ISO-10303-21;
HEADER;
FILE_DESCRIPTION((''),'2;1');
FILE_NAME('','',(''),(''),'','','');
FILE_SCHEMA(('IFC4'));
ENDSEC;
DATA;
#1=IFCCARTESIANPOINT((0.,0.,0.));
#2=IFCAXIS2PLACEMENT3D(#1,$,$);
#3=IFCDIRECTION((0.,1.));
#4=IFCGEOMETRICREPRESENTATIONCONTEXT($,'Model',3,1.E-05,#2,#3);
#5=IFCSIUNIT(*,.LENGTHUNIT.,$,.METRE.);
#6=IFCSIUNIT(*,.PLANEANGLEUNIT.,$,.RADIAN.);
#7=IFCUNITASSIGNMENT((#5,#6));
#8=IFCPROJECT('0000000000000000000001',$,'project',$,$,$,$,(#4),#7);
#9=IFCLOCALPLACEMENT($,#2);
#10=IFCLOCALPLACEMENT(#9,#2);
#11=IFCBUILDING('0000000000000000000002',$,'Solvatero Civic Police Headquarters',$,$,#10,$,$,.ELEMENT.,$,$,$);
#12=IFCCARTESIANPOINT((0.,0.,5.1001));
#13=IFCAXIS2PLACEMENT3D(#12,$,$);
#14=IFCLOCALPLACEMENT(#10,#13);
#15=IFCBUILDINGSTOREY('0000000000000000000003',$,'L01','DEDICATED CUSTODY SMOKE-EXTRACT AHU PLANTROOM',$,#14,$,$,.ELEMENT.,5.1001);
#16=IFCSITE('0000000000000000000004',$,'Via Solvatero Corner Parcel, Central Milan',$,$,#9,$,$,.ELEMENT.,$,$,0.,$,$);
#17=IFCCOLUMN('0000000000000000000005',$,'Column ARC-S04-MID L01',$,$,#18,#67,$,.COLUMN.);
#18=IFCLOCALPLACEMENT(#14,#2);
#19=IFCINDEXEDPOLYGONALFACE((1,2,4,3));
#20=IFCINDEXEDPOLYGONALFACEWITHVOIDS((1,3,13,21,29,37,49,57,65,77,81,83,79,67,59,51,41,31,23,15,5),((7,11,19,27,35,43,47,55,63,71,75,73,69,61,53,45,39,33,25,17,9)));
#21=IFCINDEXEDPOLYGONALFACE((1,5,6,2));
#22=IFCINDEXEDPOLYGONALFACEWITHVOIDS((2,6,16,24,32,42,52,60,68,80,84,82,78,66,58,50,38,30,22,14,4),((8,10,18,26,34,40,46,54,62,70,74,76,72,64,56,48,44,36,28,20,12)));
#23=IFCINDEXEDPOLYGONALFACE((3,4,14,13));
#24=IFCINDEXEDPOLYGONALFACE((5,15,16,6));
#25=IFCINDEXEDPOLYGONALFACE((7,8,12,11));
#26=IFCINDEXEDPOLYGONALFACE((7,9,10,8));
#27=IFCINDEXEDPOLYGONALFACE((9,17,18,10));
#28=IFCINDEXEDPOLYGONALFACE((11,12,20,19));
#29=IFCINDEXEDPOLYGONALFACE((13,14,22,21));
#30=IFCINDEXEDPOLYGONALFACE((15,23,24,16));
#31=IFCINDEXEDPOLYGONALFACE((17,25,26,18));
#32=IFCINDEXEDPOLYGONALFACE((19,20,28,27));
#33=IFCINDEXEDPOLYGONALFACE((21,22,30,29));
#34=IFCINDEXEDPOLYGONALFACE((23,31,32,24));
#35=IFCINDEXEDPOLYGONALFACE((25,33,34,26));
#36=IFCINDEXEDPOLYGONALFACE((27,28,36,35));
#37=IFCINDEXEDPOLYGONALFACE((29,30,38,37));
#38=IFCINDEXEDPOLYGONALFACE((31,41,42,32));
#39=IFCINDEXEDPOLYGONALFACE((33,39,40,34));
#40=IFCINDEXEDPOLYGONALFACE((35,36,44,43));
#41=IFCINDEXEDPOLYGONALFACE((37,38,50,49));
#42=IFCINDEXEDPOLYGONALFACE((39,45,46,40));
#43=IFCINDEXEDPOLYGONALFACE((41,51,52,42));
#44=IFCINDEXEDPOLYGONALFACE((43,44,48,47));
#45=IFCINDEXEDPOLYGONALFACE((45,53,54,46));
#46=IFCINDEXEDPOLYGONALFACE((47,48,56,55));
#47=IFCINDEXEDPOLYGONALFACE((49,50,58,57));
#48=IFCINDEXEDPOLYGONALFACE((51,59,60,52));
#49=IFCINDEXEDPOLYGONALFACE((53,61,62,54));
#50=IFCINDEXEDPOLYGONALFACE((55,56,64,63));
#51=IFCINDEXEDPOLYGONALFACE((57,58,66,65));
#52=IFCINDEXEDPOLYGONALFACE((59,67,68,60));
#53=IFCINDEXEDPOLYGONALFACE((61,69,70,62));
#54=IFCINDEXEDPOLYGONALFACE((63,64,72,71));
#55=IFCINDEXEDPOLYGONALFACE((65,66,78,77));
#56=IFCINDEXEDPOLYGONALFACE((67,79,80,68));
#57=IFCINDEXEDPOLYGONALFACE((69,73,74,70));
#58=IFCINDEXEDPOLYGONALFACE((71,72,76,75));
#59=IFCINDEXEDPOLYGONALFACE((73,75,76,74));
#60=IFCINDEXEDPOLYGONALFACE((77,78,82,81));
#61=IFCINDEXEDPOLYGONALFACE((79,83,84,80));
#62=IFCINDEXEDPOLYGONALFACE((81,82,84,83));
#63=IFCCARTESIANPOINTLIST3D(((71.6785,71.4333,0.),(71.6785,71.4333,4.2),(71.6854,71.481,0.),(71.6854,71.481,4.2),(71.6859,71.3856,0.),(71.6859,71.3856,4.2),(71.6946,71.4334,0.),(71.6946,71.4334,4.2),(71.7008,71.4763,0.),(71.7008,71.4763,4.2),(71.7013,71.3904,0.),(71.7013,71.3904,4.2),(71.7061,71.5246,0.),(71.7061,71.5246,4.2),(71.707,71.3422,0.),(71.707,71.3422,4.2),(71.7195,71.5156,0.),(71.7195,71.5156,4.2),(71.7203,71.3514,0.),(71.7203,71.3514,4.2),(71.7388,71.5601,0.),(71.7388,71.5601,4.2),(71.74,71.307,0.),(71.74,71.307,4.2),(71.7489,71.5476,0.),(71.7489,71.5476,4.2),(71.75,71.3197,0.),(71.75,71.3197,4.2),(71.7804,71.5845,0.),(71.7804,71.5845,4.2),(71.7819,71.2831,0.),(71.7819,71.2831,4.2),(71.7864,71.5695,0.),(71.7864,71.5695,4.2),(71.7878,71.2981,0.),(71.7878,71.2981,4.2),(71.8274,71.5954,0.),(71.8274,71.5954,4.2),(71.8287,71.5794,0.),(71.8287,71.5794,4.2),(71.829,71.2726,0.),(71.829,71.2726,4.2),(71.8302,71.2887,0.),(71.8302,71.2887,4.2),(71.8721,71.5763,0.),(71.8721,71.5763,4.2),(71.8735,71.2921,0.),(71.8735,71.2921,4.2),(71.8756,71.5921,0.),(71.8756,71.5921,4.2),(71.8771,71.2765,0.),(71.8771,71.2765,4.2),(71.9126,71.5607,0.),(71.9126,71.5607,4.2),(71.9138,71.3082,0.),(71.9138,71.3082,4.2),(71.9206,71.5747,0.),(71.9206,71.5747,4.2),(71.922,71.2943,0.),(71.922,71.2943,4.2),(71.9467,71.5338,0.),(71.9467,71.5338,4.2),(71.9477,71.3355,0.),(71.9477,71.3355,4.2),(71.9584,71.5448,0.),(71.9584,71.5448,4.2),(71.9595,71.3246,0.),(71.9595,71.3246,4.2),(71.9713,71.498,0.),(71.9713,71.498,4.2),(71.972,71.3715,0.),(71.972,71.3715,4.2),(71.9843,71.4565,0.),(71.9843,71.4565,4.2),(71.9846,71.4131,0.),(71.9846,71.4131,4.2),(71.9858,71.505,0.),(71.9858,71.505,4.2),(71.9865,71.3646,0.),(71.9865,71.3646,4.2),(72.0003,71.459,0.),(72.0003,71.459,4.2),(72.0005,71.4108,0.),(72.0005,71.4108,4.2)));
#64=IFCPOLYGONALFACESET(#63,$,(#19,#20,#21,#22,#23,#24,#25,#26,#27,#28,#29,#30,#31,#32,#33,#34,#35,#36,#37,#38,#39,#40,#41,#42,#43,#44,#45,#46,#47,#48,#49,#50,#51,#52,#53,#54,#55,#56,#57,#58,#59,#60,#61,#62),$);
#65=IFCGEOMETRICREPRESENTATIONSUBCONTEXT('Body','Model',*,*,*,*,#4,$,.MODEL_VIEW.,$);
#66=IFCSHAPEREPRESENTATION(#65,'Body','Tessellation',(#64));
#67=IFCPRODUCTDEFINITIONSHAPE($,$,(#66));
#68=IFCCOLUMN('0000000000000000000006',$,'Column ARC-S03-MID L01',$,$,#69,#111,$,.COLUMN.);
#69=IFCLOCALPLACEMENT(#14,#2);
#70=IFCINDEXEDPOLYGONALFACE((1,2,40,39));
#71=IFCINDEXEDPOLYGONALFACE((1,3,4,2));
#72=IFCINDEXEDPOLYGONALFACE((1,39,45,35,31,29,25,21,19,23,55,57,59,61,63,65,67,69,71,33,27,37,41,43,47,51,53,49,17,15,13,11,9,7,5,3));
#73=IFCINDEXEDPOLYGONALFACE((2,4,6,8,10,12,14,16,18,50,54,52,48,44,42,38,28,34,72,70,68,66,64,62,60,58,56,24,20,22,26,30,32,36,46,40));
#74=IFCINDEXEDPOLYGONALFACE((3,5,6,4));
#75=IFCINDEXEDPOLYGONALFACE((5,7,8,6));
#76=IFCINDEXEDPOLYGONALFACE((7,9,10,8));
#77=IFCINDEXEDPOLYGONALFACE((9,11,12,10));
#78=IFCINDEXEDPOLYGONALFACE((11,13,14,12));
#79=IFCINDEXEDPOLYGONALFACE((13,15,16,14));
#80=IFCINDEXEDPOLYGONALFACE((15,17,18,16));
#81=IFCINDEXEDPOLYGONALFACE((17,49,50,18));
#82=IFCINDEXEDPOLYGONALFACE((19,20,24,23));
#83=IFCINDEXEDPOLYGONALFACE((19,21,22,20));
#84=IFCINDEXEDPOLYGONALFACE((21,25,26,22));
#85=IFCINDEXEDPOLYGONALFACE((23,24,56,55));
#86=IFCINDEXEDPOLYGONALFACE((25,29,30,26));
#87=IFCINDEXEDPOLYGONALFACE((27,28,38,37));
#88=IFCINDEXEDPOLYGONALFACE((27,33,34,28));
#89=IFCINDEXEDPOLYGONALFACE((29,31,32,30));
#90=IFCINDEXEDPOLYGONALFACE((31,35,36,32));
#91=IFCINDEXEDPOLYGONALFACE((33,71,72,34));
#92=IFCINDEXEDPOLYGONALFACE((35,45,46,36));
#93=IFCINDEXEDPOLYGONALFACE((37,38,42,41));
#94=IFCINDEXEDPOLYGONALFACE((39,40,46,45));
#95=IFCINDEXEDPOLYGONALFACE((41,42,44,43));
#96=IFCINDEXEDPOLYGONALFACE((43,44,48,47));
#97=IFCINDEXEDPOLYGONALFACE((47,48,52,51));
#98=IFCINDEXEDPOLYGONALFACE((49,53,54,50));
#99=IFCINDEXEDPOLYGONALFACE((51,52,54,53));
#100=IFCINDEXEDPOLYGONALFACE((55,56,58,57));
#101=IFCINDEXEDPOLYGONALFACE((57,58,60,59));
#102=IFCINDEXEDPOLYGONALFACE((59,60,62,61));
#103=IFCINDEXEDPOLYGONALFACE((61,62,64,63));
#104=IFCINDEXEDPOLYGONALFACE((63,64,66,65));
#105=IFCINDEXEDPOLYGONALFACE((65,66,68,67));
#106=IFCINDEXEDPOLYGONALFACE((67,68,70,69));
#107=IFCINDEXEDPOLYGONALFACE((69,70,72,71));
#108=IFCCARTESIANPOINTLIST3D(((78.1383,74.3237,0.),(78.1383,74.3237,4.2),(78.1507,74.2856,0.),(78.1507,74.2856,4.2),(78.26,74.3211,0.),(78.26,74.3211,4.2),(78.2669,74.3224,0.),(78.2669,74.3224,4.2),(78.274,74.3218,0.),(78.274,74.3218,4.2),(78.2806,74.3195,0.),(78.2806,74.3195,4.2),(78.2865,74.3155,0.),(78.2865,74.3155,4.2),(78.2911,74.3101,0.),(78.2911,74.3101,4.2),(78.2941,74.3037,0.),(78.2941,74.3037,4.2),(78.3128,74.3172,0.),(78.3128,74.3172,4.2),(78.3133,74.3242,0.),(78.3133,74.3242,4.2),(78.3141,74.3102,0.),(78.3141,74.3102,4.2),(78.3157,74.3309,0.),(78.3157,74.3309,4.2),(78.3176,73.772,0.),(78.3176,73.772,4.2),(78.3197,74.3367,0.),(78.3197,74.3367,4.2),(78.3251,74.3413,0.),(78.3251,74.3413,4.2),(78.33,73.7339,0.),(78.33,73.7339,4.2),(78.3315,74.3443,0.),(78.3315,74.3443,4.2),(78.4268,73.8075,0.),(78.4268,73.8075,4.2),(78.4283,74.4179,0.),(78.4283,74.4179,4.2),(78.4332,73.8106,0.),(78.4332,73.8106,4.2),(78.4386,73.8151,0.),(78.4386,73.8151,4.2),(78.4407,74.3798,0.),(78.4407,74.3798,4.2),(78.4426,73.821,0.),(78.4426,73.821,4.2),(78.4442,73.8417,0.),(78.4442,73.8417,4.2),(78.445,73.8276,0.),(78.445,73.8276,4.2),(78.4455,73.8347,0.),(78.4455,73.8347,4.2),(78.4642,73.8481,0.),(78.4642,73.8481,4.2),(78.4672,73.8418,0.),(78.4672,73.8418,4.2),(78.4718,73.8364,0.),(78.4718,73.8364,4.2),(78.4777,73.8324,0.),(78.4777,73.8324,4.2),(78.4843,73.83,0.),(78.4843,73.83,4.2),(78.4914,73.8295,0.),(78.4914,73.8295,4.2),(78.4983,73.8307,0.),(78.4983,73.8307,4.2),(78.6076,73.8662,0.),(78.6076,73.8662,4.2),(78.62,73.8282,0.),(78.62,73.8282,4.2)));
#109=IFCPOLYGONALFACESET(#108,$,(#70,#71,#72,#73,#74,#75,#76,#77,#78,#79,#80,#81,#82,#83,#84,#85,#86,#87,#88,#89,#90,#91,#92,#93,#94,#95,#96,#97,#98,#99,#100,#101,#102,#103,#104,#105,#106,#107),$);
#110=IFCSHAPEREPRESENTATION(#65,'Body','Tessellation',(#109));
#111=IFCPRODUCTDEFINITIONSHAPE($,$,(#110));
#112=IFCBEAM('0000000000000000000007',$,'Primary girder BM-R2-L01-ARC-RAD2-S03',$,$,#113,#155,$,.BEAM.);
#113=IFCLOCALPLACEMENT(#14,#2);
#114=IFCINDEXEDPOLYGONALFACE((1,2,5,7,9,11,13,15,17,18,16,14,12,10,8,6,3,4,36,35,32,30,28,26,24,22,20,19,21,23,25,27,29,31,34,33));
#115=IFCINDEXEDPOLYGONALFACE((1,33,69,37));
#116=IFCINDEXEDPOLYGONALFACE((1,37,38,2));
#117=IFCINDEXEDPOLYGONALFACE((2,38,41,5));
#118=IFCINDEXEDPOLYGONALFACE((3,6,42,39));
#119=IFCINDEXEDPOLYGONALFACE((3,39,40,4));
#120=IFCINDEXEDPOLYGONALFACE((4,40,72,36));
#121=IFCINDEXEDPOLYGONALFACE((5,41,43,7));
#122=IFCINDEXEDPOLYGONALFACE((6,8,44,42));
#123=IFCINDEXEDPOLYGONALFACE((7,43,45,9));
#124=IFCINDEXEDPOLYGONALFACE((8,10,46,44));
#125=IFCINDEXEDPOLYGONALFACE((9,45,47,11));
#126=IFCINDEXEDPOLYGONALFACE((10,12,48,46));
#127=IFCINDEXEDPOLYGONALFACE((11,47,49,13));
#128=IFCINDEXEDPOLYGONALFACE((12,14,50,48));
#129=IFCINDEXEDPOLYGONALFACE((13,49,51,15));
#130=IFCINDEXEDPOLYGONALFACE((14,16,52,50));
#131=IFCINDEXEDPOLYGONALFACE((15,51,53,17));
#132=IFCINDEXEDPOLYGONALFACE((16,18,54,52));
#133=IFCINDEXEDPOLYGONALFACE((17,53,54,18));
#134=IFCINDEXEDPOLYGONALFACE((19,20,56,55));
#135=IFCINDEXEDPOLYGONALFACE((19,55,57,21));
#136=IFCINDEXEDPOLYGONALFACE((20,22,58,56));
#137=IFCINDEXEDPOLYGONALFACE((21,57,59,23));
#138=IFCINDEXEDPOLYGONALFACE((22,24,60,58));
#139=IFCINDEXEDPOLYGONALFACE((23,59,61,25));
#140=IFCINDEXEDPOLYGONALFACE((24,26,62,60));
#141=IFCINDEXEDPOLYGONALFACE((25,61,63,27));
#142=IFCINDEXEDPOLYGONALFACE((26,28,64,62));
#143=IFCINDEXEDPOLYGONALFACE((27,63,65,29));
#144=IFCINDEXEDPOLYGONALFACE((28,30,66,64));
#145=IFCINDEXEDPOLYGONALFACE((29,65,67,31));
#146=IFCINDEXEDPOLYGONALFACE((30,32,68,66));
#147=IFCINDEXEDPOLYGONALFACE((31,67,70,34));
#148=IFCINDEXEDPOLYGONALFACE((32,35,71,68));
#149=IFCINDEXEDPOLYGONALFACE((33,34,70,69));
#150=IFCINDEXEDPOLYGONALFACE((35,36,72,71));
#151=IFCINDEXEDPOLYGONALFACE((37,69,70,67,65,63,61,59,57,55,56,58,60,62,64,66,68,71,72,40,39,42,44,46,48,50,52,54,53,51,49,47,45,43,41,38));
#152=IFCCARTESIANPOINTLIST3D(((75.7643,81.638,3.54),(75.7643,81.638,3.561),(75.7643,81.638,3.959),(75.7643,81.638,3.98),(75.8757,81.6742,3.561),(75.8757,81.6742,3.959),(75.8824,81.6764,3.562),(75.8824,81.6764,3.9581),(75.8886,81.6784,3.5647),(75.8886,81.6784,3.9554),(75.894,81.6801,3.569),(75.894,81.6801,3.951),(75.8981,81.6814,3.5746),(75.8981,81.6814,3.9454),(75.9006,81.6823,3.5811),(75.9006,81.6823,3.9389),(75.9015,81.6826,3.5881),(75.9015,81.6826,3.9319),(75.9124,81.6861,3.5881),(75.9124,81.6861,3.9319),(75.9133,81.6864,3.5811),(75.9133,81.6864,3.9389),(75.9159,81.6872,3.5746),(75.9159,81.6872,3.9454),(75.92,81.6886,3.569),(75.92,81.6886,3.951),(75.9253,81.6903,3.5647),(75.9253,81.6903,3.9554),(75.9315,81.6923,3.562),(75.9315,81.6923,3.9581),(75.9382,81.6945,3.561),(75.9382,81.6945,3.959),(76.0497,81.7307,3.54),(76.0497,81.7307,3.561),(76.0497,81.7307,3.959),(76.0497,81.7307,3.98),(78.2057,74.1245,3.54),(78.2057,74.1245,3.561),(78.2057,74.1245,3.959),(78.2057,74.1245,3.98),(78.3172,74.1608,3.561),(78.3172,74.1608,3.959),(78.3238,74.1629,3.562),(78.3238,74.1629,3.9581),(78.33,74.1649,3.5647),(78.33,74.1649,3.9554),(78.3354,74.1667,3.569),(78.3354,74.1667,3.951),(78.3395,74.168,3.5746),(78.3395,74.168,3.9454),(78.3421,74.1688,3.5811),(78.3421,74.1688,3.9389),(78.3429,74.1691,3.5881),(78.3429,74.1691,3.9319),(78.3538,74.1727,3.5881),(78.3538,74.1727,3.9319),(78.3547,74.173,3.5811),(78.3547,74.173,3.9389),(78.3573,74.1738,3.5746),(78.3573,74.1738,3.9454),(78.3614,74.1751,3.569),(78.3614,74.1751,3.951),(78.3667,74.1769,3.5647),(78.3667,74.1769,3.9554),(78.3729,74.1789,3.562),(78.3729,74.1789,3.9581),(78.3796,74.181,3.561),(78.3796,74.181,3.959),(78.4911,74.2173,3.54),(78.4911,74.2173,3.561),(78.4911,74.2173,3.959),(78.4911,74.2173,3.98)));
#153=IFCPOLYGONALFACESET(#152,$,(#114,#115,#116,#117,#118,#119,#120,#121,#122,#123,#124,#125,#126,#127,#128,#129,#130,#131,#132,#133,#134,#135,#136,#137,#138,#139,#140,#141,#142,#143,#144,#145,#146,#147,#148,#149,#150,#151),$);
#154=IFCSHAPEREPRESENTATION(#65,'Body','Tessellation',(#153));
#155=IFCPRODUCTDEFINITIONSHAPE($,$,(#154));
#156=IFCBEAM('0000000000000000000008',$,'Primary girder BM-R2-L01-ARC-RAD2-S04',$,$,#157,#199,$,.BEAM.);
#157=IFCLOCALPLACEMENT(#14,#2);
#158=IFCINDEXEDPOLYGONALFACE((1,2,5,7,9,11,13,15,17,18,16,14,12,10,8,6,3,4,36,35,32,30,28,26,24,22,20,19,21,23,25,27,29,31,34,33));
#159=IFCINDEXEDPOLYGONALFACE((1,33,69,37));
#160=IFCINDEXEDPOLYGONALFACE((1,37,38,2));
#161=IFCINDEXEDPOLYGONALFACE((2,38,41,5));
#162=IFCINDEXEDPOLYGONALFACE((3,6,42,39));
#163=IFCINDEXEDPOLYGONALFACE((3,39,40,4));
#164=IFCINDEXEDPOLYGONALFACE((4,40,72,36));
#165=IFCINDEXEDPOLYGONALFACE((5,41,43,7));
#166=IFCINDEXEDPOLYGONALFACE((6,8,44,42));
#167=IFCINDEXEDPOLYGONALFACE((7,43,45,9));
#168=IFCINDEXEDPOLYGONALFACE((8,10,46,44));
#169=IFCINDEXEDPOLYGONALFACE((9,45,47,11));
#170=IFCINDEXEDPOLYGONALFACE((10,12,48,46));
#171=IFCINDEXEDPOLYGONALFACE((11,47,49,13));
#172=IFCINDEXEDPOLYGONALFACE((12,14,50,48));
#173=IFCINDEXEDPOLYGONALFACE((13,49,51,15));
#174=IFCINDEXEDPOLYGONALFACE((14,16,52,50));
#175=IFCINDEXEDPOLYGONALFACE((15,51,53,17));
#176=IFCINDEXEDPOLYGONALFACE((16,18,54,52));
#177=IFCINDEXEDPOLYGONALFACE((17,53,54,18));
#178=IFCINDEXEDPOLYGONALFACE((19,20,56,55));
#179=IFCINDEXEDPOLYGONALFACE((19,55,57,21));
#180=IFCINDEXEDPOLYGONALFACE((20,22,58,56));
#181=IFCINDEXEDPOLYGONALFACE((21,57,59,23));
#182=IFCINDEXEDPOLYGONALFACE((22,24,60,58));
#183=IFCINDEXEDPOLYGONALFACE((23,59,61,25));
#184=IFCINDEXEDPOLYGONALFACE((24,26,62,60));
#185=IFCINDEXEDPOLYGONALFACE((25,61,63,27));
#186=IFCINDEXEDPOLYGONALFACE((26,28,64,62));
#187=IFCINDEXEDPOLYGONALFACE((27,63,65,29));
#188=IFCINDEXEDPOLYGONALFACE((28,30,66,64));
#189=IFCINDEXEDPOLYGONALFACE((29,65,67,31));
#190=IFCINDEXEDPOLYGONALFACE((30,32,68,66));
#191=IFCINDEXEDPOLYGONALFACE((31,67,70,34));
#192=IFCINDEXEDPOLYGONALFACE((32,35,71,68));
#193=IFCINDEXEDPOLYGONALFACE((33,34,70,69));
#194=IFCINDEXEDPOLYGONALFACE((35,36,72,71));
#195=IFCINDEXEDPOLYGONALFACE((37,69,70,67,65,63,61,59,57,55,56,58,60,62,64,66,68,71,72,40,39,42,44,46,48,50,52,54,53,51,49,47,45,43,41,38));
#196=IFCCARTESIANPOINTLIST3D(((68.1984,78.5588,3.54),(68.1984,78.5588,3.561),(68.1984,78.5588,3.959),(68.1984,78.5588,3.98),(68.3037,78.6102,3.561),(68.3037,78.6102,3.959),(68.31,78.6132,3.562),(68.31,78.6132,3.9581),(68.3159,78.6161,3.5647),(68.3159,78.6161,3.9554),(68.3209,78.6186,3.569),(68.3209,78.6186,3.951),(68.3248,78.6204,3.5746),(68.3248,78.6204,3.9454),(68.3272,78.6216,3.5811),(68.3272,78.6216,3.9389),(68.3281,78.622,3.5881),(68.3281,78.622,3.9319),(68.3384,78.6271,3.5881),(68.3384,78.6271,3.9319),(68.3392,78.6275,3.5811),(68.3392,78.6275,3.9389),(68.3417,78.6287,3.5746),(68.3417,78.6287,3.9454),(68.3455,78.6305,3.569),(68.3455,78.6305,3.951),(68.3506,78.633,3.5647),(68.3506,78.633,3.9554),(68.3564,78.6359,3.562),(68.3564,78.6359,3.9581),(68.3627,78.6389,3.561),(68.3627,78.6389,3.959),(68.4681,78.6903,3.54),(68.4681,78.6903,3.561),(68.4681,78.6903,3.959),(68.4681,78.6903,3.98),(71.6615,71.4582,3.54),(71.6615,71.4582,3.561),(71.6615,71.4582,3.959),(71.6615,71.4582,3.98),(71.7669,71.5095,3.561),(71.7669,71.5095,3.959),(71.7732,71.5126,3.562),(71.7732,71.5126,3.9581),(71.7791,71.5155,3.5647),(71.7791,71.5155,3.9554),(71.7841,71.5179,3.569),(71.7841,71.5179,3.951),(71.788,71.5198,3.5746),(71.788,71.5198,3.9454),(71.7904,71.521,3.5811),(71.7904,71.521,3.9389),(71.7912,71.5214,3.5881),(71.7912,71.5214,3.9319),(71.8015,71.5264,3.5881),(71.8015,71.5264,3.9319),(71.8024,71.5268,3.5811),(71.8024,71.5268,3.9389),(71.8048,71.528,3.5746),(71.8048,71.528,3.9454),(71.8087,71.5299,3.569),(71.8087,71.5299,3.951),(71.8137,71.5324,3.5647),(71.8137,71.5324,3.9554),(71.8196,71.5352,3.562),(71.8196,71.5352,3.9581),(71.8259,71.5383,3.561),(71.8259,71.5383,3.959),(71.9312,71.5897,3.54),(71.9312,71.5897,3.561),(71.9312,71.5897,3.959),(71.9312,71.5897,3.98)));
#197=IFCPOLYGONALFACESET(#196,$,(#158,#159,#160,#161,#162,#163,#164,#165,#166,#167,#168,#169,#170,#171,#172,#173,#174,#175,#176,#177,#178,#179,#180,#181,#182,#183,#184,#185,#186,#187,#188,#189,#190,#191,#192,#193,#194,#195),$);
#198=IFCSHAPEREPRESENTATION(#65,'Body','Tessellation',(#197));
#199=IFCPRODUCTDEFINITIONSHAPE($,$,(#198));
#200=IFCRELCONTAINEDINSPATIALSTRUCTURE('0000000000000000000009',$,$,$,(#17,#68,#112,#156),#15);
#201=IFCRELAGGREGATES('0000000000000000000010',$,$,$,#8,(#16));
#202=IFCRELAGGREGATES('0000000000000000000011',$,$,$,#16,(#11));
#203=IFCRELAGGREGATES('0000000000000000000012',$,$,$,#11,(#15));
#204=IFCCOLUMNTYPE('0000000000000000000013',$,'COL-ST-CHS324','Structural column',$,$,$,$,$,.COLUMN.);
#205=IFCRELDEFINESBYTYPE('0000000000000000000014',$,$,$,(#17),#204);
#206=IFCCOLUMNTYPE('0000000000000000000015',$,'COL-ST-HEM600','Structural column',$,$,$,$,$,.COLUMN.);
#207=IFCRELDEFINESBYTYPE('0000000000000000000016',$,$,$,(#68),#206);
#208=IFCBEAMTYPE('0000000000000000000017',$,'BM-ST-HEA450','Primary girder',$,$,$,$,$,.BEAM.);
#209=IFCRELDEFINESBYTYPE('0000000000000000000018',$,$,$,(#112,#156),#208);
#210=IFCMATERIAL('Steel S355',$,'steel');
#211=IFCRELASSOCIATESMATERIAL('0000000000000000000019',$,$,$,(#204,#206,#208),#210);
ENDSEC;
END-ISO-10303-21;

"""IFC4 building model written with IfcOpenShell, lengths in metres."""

from ifc_helpers import new_model, si_unit, direction, frame, origin, origin_2d, place, context, subcontext, project, spatial, hollow_circle, i_section, extrude, material, material_profile, profile_set, type_object, element, save


model = new_model("IFC4")

# Units and contexts
model_context = context("Model", 3, precision=1e-05, world=origin(), true_north=direction((0.0, 1.0)))
body_context = subcontext(model_context, "Body", "Model", "MODEL_VIEW")
ifc_project = project(units=[si_unit("LENGTHUNIT", "METRE"), si_unit("PLANEANGLEUNIT", "RADIAN")], contexts=[model_context])

# Site, building, storey
site_placement = place(None, origin())
site = spatial("IfcSite", under=ifc_project, at=site_placement, Name="Via Solvatero Corner Parcel, Central Milan", CompositionType="ELEMENT", RefElevation=0.0)
building_placement = place(site_placement, origin())
building = spatial("IfcBuilding", under=site, at=building_placement, Name="Solvatero Civic Police Headquarters", CompositionType="ELEMENT")
storey_placement = place(building_placement, frame((0.0, 0.0, 5.1001)))
storey = spatial("IfcBuildingStorey", under=building, at=storey_placement, Name="L01", Description="DEDICATED CUSTODY SMOKE-EXTRACT AHU PLANTROOM", CompositionType="ELEMENT", Elevation=5.1001)

# Columns
ifc_material_1 = material(Name="Steel S355", Category="steel")
ifc_material_profile_1 = material_profile(ifc_material_1, hollow_circle(Radius=0.1619, WallThickness=0.0161, at=origin_2d()), Name="CHS 323.9x16.0")
ifc_profile_set_1 = profile_set([ifc_material_profile_1], Name="Steel S355")
column_type_1 = type_object("IfcColumnType", Name="COL-ST-CHS324", Description="Structural column", PredefinedType="COLUMN", material=ifc_profile_set_1)
column_1_placement = place(storey_placement, frame((71.8403, 71.4341, 0.0), z_axis=(0.0, 0.0, 1.0), x_axis=(0.898794, 0.438371, 0.0)))
element("IfcColumn", 1, at=column_1_placement, inside=storey, type_object=column_type_1, Name="Column ARC-S04-MID L01", PredefinedType="COLUMN", context=body_context, shape_type="SweptSolid", body=[
    extrude(hollow_circle(Radius=0.1619, WallThickness=0.0161, at=origin_2d()), origin(), (0.0, 0.0, 1.0), 4.2),
])
ifc_material_profile_2 = material_profile(ifc_material_1, i_section(OverallWidth=0.3049, OverallDepth=0.6201, WebThickness=0.021, FlangeThickness=0.04, FilletRadius=0.0271, at=origin_2d()), Name="HEM 600")
ifc_profile_set_2 = profile_set([ifc_material_profile_2], Name="Steel S355")
column_type_2 = type_object("IfcColumnType", Name="COL-ST-HEM600", Description="Structural column", PredefinedType="COLUMN", material=ifc_profile_set_2)
column_2_placement = place(storey_placement, frame((78.3792, 74.0759, 0.0), z_axis=(0.0, 0.0, 1.0), x_axis=(0.951057, 0.309017, 0.0)))
element("IfcColumn", 2, at=column_2_placement, inside=storey, type_object=column_type_2, Name="Column ARC-S03-MID L01", PredefinedType="COLUMN", context=body_context, shape_type="SweptSolid", body=[
    extrude(i_section(OverallWidth=0.3049, OverallDepth=0.6201, WebThickness=0.021, FlangeThickness=0.04, FilletRadius=0.0271, at=origin_2d()), origin(), (0.0, 0.0, 1.0), 4.2),
])

# Beams
ifc_material_profile_3 = material_profile(ifc_material_1, i_section(OverallWidth=0.3, OverallDepth=0.4399, WebThickness=0.0115, FlangeThickness=0.021, FilletRadius=0.0271, at=origin_2d()), Name="HEA 450")
ifc_profile_set_3 = profile_set([ifc_material_profile_3], Name="Steel S355")
beam_type_1 = type_object("IfcBeamType", Name="BM-ST-HEA450", Description="Primary girder", PredefinedType="BEAM", material=ifc_profile_set_3)
for number, where, z_axis, x_axis, name in (
    (3, (78.3484, 74.1709, 3.76), (-0.309034, 0.951051, 0.0), (-0.951051, -0.309034, 0.0), "Primary girder BM-R2-L01-ARC-RAD2-S03"),
    (4, (71.7964, 71.5239, 3.76), (-0.438366, 0.898797, 0.0), (-0.898797, -0.438366, 0.0), "Primary girder BM-R2-L01-ARC-RAD2-S04"),
):
    element("IfcBeam", number, at=place(storey_placement, frame(where, z_axis=z_axis, x_axis=x_axis)), inside=storey, type_object=beam_type_1, Name=name, PredefinedType="BEAM", context=body_context, shape_type="SweptSolid", body=[
        extrude(i_section(OverallWidth=0.3, OverallDepth=0.4399, WebThickness=0.0115, FlangeThickness=0.021, FilletRadius=0.0271, at=origin_2d()), origin(), (0.0, 0.0, 1.0), 7.9001),
    ])

save(model, "model.ifc")
